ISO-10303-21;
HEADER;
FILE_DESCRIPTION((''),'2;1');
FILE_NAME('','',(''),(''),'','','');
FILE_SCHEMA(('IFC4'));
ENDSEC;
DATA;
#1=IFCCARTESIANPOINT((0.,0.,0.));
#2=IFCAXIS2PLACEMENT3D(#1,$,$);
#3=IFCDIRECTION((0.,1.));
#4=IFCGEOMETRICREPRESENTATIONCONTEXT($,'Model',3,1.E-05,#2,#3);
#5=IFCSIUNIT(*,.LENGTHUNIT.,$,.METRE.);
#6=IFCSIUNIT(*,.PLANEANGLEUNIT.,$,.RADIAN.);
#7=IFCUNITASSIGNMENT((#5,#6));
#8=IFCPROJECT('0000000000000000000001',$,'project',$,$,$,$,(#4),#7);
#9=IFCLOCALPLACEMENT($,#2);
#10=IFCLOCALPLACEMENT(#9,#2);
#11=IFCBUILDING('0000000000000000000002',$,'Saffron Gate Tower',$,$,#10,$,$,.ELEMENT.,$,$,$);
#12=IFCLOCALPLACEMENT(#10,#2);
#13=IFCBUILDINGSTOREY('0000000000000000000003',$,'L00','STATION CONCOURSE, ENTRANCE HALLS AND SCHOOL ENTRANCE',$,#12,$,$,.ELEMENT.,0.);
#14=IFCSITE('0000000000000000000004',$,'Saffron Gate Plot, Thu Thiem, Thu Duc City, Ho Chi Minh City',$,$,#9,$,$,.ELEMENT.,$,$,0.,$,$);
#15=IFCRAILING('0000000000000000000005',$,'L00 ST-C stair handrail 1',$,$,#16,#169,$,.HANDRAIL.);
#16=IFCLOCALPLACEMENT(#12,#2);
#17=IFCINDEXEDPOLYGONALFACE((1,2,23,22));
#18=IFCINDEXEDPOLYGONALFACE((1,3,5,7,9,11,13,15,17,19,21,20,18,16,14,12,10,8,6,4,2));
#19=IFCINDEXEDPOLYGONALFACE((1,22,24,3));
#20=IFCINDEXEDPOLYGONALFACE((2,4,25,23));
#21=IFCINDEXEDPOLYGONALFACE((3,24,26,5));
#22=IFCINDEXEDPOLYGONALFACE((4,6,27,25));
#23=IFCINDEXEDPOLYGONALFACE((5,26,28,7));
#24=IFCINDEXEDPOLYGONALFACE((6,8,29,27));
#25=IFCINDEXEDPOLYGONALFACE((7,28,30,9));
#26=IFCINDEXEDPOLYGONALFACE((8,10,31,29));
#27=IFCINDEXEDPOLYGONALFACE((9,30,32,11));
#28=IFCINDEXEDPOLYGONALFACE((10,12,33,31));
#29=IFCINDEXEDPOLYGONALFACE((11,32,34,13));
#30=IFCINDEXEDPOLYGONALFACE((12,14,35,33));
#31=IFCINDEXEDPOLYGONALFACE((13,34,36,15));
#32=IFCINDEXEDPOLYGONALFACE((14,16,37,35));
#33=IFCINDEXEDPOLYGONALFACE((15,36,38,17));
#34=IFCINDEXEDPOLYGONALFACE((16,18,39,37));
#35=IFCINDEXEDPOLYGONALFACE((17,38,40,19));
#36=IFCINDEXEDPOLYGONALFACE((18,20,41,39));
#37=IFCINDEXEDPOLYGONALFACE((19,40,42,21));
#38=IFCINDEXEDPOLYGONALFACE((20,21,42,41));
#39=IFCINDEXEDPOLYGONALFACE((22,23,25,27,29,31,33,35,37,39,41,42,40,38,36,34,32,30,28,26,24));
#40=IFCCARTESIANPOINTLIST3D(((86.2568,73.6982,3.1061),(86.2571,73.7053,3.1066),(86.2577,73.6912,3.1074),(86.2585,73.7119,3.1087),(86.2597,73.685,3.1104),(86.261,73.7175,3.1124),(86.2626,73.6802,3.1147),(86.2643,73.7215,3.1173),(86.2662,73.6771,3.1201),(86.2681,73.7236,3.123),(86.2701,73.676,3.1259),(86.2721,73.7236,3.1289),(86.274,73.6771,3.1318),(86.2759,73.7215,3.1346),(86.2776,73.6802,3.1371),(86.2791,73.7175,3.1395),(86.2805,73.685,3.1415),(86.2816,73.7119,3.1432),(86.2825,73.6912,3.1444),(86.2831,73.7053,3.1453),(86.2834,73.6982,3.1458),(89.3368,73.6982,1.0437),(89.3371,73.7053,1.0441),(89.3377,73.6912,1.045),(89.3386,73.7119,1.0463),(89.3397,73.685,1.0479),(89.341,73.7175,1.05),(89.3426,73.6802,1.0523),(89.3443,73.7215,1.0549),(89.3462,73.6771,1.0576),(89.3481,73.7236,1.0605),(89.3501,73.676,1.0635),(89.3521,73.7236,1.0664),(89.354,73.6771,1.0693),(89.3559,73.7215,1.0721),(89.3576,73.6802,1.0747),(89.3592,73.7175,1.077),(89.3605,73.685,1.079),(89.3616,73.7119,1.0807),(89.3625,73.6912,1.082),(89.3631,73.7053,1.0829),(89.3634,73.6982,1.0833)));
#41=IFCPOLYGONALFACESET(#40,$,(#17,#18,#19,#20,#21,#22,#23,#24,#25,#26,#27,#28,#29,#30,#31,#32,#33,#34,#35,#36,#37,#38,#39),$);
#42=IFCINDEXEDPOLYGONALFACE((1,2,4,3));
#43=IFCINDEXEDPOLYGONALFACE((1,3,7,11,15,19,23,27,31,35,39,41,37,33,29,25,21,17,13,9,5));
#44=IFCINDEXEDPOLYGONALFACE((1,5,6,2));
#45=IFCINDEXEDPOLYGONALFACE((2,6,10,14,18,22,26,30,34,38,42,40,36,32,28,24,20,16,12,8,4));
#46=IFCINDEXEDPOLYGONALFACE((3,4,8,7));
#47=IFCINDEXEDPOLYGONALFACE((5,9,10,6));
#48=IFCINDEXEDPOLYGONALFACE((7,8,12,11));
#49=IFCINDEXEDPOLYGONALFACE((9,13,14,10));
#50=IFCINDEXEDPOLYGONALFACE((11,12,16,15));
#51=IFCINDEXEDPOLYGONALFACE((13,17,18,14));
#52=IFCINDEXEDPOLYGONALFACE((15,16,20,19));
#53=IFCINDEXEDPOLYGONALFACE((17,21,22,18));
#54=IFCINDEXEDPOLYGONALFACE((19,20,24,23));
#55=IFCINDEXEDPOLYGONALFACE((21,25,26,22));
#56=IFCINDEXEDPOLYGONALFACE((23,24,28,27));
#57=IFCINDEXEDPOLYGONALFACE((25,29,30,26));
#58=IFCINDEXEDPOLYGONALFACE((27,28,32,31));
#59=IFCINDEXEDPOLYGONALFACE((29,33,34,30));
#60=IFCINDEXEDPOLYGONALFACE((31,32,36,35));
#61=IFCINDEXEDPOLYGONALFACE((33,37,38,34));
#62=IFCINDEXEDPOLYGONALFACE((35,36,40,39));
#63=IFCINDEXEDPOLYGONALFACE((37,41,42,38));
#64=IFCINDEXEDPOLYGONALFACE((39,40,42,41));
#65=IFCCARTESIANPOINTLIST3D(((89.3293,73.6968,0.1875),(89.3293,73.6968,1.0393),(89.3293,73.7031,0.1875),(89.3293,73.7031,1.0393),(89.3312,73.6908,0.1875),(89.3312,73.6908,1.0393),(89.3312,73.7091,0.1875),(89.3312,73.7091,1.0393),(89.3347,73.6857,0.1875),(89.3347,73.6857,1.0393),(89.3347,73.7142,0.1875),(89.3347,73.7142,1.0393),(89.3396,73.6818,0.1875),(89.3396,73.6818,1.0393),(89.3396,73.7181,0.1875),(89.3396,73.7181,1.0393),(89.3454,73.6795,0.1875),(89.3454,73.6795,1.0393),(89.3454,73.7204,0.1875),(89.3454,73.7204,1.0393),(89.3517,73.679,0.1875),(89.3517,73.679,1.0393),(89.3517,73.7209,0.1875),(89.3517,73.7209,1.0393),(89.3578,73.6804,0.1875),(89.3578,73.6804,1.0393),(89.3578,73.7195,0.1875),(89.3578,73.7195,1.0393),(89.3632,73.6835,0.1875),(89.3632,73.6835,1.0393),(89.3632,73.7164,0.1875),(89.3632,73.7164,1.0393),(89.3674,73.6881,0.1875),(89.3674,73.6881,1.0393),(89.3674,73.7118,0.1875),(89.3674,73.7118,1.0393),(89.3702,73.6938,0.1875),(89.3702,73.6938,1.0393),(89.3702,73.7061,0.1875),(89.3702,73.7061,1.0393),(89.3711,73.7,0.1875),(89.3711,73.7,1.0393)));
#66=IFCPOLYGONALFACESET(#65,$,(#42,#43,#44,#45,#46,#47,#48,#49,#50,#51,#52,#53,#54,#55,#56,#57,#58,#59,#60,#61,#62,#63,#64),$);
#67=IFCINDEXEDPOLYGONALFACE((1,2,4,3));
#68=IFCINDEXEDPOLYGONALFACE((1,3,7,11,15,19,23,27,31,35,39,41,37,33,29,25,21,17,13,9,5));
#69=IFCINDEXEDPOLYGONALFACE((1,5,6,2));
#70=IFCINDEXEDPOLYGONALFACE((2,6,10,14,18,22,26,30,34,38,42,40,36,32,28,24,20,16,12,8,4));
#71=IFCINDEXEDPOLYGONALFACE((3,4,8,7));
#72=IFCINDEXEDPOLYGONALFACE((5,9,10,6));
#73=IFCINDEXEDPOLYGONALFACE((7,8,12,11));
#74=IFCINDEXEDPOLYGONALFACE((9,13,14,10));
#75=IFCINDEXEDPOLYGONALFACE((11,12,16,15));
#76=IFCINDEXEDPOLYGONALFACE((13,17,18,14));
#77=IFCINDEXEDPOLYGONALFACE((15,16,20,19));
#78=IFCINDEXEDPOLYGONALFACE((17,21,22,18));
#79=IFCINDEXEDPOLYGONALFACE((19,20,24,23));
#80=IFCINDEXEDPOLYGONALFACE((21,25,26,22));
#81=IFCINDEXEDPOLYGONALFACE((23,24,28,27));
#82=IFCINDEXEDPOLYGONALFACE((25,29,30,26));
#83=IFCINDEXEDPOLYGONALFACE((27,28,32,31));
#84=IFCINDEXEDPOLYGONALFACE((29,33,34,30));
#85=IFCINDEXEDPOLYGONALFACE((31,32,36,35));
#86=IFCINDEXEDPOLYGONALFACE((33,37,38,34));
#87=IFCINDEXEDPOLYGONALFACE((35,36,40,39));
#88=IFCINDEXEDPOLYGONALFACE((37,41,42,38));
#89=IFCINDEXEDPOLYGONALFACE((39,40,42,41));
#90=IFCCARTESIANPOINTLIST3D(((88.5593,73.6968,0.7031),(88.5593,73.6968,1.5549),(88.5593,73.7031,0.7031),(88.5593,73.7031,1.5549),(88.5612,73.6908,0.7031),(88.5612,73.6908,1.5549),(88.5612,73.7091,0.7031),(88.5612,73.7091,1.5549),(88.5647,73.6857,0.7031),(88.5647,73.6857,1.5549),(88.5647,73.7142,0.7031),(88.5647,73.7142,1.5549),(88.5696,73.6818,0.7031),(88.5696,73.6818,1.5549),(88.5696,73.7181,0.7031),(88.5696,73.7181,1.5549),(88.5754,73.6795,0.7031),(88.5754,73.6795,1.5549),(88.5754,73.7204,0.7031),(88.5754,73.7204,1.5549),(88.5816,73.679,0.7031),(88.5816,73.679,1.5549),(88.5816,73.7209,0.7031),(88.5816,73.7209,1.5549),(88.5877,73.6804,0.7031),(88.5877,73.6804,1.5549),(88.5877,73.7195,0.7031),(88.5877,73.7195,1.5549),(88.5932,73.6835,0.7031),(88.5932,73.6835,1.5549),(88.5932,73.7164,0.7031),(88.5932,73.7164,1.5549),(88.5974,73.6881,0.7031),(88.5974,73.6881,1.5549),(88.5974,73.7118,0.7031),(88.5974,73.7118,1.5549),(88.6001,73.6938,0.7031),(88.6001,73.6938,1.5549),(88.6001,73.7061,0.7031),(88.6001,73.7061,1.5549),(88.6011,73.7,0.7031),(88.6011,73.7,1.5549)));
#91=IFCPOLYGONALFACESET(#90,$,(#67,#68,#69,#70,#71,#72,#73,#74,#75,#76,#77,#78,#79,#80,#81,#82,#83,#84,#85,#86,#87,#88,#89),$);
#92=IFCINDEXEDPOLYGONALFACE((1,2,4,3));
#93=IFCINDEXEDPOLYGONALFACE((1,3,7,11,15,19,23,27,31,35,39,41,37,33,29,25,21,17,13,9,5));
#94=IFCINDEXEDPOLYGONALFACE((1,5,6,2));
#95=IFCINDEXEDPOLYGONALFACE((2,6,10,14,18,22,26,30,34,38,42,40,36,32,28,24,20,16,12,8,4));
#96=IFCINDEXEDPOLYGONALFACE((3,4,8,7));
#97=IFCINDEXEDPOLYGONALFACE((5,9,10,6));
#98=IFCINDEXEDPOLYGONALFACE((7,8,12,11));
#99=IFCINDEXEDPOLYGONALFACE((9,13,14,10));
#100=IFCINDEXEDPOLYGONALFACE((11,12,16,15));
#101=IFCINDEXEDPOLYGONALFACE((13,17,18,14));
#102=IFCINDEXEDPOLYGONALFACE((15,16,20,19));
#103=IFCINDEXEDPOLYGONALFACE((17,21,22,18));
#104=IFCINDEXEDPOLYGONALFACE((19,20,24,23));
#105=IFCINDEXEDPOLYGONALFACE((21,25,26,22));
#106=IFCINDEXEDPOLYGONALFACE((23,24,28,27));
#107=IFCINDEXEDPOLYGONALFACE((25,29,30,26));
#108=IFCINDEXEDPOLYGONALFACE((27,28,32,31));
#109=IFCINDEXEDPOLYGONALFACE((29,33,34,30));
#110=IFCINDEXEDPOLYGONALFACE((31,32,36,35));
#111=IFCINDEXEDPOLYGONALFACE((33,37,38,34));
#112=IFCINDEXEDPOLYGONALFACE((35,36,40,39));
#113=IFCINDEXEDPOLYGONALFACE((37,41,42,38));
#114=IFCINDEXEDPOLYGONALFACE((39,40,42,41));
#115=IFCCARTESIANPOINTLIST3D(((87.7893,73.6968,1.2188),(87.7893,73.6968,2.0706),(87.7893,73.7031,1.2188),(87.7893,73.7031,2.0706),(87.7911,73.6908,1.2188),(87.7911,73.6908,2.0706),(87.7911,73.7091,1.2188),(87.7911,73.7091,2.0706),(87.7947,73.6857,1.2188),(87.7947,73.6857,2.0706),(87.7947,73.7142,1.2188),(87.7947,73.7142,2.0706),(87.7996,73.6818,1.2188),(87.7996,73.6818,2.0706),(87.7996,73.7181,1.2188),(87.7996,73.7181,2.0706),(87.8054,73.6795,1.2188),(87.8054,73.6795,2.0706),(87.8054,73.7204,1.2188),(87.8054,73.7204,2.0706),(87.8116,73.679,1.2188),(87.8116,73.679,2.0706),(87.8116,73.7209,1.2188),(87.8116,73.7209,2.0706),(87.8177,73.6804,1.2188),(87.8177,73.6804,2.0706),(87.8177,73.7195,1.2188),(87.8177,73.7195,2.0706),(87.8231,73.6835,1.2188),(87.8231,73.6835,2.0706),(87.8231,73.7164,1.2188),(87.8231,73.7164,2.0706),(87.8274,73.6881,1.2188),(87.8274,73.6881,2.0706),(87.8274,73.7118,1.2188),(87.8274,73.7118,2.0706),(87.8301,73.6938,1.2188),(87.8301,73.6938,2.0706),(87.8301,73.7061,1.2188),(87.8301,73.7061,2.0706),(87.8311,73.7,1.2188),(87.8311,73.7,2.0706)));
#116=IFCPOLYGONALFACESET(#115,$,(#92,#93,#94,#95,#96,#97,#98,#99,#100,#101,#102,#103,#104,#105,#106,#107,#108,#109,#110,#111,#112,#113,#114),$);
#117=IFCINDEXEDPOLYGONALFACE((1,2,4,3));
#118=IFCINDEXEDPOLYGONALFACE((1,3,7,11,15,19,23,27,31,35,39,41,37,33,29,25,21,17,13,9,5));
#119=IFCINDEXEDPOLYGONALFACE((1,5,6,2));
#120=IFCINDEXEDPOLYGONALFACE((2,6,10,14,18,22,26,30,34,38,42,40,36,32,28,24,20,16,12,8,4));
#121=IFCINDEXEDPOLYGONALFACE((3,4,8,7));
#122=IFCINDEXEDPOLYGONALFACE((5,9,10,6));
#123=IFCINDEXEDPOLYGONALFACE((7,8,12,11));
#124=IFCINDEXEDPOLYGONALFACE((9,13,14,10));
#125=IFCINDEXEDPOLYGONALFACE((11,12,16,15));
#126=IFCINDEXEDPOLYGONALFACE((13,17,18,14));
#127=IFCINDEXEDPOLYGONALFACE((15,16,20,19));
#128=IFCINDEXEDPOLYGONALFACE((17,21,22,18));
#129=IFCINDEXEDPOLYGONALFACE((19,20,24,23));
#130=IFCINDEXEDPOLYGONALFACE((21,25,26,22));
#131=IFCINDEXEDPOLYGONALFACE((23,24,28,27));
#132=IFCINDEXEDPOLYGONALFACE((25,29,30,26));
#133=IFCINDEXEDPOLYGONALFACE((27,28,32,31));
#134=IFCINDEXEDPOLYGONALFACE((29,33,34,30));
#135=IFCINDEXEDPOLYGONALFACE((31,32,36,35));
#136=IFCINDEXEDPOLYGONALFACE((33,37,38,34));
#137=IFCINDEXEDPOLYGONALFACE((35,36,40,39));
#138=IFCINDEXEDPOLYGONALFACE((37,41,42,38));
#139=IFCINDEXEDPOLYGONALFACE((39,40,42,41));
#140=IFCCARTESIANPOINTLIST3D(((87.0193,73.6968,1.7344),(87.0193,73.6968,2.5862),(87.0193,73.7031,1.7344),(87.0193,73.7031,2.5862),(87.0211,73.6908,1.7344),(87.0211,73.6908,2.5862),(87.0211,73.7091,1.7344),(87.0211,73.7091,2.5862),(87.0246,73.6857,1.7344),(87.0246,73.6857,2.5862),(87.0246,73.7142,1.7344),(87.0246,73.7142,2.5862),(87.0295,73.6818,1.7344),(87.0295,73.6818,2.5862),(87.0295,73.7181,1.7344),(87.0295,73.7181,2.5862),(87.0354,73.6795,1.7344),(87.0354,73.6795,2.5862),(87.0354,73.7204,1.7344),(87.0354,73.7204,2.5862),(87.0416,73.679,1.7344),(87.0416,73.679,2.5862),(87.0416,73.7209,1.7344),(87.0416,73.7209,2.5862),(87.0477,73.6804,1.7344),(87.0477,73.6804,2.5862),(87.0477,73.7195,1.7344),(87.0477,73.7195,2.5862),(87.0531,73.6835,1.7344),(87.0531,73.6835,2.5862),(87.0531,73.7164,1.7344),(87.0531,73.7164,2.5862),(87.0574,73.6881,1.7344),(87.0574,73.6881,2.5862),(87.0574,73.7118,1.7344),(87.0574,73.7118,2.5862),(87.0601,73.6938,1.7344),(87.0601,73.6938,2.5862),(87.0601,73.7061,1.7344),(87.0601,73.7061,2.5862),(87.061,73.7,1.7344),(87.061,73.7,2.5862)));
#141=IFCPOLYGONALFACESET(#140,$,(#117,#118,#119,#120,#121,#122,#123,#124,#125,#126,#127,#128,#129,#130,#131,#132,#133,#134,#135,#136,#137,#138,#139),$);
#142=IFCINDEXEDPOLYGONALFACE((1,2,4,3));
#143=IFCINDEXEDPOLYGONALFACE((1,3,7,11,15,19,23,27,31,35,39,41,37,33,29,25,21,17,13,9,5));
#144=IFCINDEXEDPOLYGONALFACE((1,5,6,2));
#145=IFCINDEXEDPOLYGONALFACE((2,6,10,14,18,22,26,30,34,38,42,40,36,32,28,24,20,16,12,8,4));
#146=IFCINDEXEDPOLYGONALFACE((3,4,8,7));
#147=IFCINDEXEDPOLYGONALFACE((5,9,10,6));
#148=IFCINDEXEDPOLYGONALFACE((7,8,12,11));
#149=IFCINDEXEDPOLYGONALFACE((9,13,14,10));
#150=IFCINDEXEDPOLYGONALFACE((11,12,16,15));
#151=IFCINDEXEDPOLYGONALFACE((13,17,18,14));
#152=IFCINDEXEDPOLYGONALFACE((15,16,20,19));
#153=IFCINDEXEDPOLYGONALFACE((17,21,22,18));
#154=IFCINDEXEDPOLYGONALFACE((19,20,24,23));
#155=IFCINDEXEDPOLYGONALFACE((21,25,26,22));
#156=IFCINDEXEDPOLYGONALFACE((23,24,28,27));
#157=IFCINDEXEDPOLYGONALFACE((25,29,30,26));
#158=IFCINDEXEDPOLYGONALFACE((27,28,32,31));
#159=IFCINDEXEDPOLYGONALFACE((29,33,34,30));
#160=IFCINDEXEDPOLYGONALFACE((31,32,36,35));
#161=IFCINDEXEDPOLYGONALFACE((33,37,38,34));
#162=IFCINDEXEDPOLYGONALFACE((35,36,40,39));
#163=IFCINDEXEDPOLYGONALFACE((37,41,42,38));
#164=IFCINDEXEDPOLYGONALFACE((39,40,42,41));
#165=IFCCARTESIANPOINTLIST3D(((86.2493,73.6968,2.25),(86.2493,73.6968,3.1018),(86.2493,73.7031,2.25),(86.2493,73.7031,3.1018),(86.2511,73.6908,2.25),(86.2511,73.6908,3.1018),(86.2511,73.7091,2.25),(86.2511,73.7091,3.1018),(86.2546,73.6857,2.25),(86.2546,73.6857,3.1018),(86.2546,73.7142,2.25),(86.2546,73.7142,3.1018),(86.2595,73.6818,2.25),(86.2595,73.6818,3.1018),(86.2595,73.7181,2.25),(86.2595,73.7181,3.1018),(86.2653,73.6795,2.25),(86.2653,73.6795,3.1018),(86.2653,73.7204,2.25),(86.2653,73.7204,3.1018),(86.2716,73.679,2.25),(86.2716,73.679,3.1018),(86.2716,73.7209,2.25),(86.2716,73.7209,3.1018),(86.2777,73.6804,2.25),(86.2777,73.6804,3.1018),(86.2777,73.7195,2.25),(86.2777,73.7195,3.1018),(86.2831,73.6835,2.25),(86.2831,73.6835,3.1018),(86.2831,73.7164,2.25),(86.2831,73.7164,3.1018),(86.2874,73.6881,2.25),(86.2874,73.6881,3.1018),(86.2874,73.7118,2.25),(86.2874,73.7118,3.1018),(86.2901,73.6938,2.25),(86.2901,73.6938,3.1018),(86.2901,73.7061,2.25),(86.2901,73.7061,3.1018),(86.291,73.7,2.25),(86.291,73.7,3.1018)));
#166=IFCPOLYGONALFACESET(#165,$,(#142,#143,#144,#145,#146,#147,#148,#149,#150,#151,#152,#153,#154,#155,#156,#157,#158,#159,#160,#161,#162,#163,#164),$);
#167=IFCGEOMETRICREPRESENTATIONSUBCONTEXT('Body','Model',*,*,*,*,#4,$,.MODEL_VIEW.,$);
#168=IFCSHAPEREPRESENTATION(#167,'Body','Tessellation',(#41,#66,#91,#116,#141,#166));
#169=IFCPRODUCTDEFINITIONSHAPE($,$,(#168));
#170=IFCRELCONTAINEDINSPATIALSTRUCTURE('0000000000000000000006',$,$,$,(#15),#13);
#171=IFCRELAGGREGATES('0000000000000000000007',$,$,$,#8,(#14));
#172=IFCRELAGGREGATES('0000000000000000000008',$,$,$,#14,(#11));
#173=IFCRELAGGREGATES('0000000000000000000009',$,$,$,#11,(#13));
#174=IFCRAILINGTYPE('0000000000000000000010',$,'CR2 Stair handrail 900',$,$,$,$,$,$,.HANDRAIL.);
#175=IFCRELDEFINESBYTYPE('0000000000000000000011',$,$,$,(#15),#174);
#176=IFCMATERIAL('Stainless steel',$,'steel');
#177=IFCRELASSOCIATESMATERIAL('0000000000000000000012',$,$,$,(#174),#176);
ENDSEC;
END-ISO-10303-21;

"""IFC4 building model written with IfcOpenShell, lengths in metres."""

from ifc_helpers import new_model, si_unit, direction, frame, origin, origin_2d, place, context, subcontext, project, spatial, circle, extrude, material, type_object, element, save


model = new_model("IFC4")

# Units and contexts
model_context = context("Model", 3, precision=1e-05, world=origin(), true_north=direction((0.0, 1.0)))
body_context = subcontext(model_context, "Body", "Model", "MODEL_VIEW")
ifc_project = project(units=[si_unit("LENGTHUNIT", "METRE"), si_unit("PLANEANGLEUNIT", "RADIAN")], contexts=[model_context])

# Site, building, storey
site_placement = place(None, origin())
site = spatial("IfcSite", under=ifc_project, at=site_placement, Name="Saffron Gate Plot, Thu Thiem, Thu Duc City, Ho Chi Minh City", CompositionType="ELEMENT", RefElevation=0.0)
building_placement = place(site_placement, origin())
building = spatial("IfcBuilding", under=site, at=building_placement, Name="Saffron Gate Tower", CompositionType="ELEMENT")
storey_placement = place(building_placement, origin())
storey = spatial("IfcBuildingStorey", under=building, at=storey_placement, Name="L00", Description="STATION CONCOURSE, ENTRANCE HALLS AND SCHOOL ENTRANCE", CompositionType="ELEMENT", Elevation=0.0)

# Railing
ifc_material_1 = material(Name="Stainless steel", Category="steel")
railing_type_1 = type_object("IfcRailingType", Name="CR2 Stair handrail 900", PredefinedType="HANDRAIL", material=ifc_material_1)
for number, where, name in (
    (1, (89.3501, 73.7, 0.1875), "L00 ST-C stair handrail 1"),
):
    element("IfcRailing", number, at=place(storey_placement, frame(where)), inside=storey, type_object=railing_type_1, Name=name, PredefinedType="HANDRAIL", context=body_context, shape_type="SweptSolid", body=[
        extrude(circle(Radius=0.0239, at=origin_2d()), frame((0.0, 0.0, 0.876), z_axis=(-0.830914, 0.0, 0.556401), x_axis=(0.0, -1.0, 0.0)), (0.0, 0.0, 1.0), 3.7068),
        extrude(circle(Radius=0.021, at=origin_2d()), origin(), (0.0, 0.0, 1.0), 0.8518),
        extrude(circle(Radius=0.021, at=origin_2d()), frame((-0.77, 0.0, 0.5156)), (0.0, 0.0, 1.0), 0.8518),
        extrude(circle(Radius=0.021, at=origin_2d()), frame((-1.54, 0.0, 1.0312)), (0.0, 0.0, 1.0), 0.8518),
        extrude(circle(Radius=0.021, at=origin_2d()), frame((-2.3101, 0.0, 1.5469)), (0.0, 0.0, 1.0), 0.8518),
        extrude(circle(Radius=0.021, at=origin_2d()), frame((-3.0801, 0.0, 2.0625)), (0.0, 0.0, 1.0), 0.8518),
    ])

save(model, "model.ifc")
